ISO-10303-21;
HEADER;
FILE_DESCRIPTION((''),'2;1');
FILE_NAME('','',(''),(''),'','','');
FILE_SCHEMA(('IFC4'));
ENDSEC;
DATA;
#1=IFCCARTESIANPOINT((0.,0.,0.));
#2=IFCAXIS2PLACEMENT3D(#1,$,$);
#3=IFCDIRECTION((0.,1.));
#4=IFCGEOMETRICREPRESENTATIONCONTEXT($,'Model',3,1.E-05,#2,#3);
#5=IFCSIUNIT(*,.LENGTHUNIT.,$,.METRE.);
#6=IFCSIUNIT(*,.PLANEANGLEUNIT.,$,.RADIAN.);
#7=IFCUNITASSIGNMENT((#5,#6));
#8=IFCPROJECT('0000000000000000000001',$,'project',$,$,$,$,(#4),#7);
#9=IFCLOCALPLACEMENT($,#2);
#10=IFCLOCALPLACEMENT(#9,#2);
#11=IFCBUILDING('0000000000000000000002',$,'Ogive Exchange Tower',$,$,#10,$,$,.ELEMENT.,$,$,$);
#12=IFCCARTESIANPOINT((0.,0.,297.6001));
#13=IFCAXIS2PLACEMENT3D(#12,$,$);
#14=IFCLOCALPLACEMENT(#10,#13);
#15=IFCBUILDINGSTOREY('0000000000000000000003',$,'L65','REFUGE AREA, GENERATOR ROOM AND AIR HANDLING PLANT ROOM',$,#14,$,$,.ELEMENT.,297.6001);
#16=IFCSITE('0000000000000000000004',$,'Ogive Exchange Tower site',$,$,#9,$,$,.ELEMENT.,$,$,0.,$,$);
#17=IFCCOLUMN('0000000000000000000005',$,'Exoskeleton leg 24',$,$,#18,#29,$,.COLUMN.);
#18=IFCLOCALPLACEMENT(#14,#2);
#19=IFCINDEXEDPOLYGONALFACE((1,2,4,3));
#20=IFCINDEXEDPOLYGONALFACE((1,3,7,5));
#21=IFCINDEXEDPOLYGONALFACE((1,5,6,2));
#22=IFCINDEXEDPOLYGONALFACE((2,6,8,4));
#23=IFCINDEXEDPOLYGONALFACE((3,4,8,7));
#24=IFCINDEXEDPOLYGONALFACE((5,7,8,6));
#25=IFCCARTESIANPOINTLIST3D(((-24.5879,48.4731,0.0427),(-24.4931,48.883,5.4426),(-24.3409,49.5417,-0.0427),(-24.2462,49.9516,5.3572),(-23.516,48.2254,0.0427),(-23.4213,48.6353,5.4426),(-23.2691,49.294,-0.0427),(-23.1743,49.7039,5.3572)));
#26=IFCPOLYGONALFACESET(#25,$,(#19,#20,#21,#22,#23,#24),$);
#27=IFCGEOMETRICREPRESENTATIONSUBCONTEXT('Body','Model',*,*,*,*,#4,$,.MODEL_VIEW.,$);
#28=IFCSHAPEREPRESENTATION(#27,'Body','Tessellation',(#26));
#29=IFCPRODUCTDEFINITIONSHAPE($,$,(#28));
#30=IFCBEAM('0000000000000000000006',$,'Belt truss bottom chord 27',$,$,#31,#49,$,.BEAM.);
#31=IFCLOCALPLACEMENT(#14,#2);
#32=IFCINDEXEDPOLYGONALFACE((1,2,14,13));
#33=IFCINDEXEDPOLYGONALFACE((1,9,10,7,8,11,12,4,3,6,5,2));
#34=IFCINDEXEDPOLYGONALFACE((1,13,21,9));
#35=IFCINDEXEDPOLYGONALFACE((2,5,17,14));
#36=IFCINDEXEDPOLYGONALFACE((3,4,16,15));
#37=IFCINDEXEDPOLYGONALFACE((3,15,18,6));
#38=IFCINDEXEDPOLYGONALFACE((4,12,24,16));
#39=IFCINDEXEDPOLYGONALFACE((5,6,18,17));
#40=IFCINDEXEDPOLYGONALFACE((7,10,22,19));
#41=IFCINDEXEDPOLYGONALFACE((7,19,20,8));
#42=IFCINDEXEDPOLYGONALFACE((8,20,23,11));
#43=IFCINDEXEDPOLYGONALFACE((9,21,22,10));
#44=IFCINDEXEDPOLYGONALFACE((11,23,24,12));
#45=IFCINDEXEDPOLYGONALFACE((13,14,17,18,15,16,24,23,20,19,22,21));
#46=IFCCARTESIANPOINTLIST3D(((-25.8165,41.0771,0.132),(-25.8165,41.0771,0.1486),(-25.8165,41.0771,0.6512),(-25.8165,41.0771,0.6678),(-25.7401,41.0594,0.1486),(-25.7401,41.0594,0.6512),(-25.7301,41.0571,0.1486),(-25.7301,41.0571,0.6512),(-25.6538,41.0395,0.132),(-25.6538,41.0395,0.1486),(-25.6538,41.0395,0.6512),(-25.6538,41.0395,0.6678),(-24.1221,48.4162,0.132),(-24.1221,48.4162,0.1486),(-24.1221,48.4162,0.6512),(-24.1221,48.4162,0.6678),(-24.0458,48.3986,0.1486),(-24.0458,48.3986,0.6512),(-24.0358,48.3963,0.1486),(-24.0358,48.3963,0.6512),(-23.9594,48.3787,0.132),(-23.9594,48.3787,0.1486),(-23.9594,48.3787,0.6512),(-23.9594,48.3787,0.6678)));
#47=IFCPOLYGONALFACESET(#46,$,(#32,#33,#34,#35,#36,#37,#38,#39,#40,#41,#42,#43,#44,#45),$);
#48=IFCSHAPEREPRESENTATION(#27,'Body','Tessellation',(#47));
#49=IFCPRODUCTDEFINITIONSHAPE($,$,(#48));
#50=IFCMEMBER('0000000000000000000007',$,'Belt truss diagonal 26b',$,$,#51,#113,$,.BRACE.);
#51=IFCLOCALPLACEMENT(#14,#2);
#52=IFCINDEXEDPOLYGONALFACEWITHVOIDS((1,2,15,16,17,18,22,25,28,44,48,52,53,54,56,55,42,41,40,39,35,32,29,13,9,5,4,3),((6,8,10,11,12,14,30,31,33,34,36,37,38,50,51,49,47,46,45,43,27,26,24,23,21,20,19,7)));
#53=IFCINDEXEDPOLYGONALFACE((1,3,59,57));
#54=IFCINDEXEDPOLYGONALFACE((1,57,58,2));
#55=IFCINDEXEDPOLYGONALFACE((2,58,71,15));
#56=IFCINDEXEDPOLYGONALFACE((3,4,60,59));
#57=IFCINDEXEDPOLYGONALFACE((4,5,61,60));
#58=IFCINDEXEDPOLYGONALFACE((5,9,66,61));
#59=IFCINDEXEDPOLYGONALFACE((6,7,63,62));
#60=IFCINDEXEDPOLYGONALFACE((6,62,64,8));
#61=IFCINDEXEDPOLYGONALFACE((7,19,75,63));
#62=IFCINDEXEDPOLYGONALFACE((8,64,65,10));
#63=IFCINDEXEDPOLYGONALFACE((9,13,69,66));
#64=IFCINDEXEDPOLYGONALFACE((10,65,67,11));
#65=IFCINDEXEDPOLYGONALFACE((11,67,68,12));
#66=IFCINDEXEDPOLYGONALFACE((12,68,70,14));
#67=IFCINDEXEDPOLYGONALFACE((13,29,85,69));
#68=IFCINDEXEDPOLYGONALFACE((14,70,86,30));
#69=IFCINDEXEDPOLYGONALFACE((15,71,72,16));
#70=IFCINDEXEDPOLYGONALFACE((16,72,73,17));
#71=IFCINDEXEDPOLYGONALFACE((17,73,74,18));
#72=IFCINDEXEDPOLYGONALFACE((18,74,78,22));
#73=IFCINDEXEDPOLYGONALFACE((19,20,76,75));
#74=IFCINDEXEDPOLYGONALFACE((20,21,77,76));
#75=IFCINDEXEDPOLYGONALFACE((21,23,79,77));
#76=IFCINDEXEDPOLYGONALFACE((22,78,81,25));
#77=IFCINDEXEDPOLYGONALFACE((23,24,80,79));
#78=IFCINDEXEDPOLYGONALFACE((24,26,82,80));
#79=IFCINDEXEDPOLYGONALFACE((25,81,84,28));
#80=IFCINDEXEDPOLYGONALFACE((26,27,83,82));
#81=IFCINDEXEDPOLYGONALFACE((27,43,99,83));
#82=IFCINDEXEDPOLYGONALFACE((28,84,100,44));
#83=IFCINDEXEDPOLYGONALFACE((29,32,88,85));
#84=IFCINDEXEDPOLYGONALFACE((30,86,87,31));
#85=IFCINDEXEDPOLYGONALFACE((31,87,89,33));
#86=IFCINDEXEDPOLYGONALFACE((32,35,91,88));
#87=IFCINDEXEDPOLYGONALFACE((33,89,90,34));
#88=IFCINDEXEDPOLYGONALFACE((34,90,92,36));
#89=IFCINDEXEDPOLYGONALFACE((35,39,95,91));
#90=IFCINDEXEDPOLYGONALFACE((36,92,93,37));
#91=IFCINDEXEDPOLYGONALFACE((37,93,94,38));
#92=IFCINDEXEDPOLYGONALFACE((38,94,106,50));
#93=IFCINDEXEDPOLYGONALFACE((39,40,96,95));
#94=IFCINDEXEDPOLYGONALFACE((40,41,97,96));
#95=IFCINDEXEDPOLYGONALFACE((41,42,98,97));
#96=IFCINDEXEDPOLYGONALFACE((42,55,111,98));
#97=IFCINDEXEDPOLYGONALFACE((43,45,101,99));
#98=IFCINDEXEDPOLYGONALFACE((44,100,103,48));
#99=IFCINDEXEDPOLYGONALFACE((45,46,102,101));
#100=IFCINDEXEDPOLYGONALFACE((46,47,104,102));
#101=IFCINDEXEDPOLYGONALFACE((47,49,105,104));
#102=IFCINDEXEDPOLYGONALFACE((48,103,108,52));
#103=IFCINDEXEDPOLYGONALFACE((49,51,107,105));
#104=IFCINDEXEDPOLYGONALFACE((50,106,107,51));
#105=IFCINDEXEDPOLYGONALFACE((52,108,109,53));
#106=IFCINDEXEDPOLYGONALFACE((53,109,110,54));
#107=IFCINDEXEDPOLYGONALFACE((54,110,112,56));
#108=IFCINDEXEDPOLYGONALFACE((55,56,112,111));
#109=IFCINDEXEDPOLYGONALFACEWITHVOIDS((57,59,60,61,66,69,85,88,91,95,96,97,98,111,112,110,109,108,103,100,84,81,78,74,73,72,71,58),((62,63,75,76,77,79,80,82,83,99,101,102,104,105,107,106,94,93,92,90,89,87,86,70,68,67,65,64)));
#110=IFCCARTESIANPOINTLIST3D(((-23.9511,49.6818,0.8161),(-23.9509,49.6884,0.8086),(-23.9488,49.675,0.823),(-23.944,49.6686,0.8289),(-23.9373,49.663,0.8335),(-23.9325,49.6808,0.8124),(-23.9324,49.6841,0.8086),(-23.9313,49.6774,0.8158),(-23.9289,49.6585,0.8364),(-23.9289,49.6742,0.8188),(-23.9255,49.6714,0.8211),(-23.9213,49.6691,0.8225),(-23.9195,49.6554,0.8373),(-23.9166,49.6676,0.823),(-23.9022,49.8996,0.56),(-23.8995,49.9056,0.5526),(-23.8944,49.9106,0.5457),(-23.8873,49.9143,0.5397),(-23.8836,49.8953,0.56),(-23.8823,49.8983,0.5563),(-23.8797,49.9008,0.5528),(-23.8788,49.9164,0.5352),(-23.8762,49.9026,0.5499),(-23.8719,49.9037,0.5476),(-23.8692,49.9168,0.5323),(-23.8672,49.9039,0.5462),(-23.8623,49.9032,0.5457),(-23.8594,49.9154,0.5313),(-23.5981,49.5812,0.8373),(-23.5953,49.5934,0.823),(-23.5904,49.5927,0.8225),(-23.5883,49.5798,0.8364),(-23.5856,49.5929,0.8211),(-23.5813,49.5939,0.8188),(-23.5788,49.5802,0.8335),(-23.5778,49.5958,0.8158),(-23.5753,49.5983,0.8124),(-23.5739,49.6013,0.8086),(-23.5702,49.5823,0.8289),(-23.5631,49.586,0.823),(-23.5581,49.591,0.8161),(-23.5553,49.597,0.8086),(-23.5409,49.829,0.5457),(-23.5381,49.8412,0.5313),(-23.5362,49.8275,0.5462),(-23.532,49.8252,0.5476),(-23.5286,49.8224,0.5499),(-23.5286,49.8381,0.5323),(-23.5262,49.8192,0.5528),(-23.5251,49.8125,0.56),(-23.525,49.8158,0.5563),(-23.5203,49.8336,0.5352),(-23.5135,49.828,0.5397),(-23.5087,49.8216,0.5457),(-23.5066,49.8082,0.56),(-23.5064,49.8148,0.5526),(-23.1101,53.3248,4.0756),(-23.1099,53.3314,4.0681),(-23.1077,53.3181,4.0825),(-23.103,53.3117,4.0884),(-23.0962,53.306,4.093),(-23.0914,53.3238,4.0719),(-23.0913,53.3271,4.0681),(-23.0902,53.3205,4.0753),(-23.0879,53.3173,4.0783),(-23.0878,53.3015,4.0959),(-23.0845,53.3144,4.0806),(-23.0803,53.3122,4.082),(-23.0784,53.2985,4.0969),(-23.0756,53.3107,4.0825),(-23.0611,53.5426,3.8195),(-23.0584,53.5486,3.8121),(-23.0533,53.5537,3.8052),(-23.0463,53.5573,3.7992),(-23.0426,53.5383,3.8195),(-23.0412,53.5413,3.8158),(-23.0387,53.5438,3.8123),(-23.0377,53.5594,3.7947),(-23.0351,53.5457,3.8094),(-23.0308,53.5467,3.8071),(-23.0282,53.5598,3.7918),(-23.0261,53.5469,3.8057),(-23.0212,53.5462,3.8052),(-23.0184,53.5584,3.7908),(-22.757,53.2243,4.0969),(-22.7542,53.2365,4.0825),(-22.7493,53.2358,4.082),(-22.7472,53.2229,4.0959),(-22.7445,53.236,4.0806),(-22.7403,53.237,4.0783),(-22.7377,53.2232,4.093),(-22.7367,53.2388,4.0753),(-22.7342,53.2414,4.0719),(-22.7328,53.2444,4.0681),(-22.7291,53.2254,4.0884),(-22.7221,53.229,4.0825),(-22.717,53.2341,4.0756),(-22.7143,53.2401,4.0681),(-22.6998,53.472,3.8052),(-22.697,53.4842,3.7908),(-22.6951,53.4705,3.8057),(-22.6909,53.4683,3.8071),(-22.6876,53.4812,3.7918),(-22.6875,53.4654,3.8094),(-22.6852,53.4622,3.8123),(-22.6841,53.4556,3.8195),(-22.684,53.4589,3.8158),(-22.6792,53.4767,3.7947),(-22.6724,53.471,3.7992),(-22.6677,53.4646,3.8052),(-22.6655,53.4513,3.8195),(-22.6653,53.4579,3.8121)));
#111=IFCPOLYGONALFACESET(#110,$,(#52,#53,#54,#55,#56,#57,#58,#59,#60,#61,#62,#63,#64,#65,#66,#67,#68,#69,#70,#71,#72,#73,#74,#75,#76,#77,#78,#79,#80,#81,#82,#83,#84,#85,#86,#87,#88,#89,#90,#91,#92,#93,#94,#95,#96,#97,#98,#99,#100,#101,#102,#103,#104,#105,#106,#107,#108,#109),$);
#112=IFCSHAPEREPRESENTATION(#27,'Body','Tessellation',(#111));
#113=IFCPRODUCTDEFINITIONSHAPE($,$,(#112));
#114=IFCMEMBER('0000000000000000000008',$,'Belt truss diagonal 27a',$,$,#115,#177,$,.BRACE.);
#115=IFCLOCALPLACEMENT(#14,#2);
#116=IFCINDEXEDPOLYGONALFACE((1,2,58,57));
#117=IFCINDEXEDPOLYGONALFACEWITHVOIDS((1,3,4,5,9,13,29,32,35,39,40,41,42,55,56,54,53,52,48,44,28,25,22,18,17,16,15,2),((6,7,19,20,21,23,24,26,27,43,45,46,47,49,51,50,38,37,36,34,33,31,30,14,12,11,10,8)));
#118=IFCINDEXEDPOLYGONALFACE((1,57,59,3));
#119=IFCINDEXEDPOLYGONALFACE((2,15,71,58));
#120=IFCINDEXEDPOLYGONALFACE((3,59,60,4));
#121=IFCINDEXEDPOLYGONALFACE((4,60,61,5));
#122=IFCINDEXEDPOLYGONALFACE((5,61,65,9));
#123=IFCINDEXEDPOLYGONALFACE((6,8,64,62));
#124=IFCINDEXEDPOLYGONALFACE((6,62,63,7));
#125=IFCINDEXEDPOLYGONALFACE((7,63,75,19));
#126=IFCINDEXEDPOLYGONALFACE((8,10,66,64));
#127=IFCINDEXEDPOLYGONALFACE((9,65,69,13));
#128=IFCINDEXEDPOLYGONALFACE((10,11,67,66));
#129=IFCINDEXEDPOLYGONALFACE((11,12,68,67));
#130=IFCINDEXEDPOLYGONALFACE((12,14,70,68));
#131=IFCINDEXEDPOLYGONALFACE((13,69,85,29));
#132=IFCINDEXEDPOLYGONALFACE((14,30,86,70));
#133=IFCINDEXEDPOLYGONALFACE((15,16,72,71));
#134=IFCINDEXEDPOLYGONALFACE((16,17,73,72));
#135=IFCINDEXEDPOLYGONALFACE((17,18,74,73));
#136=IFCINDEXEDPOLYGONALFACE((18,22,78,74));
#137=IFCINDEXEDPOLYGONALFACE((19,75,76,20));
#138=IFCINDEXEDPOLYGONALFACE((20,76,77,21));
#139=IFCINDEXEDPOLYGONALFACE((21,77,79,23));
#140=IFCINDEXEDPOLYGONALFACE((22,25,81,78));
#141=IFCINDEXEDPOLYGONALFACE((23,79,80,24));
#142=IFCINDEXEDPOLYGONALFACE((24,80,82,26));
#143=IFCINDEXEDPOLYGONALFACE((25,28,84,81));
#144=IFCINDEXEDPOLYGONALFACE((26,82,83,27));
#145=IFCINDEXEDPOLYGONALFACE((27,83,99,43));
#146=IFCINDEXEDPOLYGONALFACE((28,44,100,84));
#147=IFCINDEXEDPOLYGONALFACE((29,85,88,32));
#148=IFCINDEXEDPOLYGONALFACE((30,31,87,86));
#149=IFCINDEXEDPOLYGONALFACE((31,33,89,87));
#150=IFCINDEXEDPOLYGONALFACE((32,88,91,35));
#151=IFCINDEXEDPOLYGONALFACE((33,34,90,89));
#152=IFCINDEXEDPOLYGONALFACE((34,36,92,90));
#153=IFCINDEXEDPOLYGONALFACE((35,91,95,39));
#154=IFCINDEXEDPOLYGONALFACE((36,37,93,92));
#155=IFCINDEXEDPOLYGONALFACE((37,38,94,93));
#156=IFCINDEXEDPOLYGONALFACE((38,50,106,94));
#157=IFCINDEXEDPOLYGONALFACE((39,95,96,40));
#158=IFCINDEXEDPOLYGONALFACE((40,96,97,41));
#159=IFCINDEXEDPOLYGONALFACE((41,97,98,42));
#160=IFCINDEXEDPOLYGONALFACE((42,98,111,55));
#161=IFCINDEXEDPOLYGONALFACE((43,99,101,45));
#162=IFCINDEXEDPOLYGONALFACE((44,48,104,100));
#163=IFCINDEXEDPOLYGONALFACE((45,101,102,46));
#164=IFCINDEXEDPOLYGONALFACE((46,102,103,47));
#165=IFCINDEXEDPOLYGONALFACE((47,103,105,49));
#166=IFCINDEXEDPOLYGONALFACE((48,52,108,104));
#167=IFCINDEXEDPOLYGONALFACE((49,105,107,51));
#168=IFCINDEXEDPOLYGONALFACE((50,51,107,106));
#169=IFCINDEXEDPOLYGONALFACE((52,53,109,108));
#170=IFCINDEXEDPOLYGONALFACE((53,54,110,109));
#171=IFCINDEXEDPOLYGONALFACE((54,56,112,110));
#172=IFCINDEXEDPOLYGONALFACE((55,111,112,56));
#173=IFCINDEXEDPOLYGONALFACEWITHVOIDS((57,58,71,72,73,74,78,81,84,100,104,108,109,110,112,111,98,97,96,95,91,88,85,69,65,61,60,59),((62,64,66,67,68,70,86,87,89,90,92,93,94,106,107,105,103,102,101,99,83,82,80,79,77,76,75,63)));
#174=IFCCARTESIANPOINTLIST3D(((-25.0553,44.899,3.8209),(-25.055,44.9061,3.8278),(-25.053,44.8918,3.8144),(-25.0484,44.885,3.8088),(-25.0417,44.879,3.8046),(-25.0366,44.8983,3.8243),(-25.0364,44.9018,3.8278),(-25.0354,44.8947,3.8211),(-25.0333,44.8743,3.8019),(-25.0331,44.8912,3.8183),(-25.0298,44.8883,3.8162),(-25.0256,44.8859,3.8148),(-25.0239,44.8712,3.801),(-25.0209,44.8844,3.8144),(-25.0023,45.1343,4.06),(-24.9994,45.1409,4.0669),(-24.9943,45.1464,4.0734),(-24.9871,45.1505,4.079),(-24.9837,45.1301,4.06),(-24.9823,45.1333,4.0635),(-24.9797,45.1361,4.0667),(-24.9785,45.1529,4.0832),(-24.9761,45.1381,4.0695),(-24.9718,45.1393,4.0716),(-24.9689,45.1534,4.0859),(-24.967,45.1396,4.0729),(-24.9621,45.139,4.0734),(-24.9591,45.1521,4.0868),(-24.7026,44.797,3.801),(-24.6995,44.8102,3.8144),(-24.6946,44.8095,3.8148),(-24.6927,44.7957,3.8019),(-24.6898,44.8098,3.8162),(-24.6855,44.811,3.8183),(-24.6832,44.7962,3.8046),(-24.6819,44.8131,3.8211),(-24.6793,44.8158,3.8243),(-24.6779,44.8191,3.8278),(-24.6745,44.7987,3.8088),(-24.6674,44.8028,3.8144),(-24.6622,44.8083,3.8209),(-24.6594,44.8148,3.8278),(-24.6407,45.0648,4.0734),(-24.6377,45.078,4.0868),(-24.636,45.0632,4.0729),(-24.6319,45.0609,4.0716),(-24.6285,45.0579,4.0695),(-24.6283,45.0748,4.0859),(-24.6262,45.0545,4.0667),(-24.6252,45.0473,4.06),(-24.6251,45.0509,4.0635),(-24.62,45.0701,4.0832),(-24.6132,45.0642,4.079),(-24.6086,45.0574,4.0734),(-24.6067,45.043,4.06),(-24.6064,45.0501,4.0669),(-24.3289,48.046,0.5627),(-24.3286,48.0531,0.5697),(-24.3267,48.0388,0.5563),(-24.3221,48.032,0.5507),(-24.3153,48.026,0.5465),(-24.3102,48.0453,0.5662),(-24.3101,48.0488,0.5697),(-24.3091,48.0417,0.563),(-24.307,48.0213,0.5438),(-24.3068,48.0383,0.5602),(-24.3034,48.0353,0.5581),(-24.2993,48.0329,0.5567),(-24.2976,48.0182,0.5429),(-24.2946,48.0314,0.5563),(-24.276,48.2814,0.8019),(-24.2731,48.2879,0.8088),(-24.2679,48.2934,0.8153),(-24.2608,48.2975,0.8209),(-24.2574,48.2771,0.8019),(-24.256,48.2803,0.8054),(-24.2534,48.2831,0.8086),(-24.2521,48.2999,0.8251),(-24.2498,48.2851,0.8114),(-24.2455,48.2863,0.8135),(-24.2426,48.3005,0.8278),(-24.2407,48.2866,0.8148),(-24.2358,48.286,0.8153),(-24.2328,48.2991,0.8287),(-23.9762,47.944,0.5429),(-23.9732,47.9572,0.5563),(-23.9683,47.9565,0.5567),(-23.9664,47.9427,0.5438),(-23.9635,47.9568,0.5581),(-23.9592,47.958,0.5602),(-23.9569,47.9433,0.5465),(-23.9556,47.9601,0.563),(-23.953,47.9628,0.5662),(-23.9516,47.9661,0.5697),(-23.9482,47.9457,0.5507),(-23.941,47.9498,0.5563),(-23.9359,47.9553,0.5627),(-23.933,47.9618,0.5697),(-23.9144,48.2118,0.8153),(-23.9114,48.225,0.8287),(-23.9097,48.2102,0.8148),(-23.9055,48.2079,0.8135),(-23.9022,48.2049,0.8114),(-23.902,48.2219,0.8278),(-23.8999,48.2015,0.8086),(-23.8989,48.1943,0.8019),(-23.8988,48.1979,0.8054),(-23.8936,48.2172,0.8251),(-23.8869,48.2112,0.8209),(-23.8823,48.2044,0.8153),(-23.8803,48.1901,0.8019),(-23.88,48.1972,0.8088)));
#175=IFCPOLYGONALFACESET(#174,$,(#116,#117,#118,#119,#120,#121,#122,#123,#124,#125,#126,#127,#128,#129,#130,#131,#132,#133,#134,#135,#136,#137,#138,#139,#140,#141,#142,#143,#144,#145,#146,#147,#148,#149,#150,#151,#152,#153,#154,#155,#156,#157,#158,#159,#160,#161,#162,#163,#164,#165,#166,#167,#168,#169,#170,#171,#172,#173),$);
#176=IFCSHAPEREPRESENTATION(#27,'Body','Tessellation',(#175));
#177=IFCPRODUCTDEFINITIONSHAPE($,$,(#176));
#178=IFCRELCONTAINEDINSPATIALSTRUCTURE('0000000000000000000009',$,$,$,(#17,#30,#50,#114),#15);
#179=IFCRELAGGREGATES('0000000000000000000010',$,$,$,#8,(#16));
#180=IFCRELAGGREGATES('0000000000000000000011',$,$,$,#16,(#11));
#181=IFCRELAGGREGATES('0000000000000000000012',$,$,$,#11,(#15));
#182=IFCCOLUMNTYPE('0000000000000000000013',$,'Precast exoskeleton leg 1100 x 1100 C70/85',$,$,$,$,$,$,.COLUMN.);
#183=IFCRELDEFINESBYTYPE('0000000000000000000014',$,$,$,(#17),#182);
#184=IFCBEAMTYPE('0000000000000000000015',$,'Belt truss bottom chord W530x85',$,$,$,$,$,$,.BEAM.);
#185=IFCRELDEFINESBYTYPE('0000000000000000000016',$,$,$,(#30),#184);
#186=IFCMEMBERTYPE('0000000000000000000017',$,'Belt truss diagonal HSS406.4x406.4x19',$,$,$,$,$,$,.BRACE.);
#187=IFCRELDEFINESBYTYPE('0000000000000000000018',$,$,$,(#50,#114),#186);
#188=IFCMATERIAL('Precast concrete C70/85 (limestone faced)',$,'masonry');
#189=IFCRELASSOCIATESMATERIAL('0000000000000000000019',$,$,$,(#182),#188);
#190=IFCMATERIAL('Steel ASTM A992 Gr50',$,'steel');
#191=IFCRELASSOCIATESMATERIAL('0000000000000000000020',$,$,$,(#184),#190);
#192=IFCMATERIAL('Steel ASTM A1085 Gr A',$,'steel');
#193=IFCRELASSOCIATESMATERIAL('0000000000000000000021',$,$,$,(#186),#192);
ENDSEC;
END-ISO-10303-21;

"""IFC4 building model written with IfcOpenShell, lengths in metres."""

from ifc_helpers import new_model, si_unit, direction, frame, origin, origin_2d, place, context, subcontext, project, spatial, rectangle, hollow_rectangle, i_section, extrude, material, material_profile, profile_set, type_object, element, save


model = new_model("IFC4")

# Units and contexts
model_context = context("Model", 3, precision=1e-05, world=origin(), true_north=direction((0.0, 1.0)))
body_context = subcontext(model_context, "Body", "Model", "MODEL_VIEW")
ifc_project = project(units=[si_unit("LENGTHUNIT", "METRE"), si_unit("PLANEANGLEUNIT", "RADIAN")], contexts=[model_context])

# Site, building, storey
site_placement = place(None, origin())
site = spatial("IfcSite", under=ifc_project, at=site_placement, Name="Ogive Exchange Tower site", CompositionType="ELEMENT", RefElevation=0.0)
building_placement = place(site_placement, origin())
building = spatial("IfcBuilding", under=site, at=building_placement, Name="Ogive Exchange Tower", CompositionType="ELEMENT")
storey_placement = place(building_placement, frame((0.0, 0.0, 297.6001)))
storey = spatial("IfcBuildingStorey", under=building, at=storey_placement, Name="L65", Description="REFUGE AREA, GENERATOR ROOM AND AIR HANDLING PLANT ROOM", CompositionType="ELEMENT", Elevation=297.6001)

# Column
ifc_material_1 = material(Name="Precast concrete C70/85 (limestone faced)", Category="masonry")
ifc_material_profile_1 = material_profile(ifc_material_1, rectangle(XDim=1.1001, YDim=1.1001, at=origin_2d()), Name="1100 x 1100")
ifc_profile_set_1 = profile_set([ifc_material_profile_1], Name="Precast concrete C70/85 (limestone faced)")
column_type = type_object("IfcColumnType", Name="Precast exoskeleton leg 1100 x 1100 C70/85", PredefinedType="COLUMN", material=ifc_profile_set_1)
column_placement = place(storey_placement, frame((-23.9285, 48.8835, 0.0), z_axis=(0.017489, 0.075682, 0.996979), x_axis=(-0.974323, 0.225156, 0.0)))
element("IfcColumn", 1, at=column_placement, inside=storey, type_object=column_type, Name="Exoskeleton leg 24", PredefinedType="COLUMN", context=body_context, shape_type="SweptSolid", body=[
    extrude(rectangle(XDim=1.1001, YDim=1.1001, at=origin_2d()), origin(), (0.0, 0.0, 1.0), 5.4163),
])

# Beam
ifc_material_2 = material(Name="Steel ASTM A992 Gr50", Category="steel")
ifc_material_profile_2 = material_profile(ifc_material_2, i_section(OverallWidth=0.167, OverallDepth=0.5359, WebThickness=0.0103, FlangeThickness=0.0166, at=origin_2d()), Name="W530x85")
ifc_profile_set_2 = profile_set([ifc_material_profile_2], Name="Steel ASTM A992 Gr50")
beam_type_1 = type_object("IfcBeamType", Name="Belt truss bottom chord W530x85", PredefinedType="BEAM", material=ifc_profile_set_2)
beam_1_placement = place(storey_placement, frame((-24.0408, 48.3975, 0.3999), z_axis=(-0.224947, -0.974371, 0.0), x_axis=(0.974371, -0.224947, 0.0)))
element("IfcBeam", 2, at=beam_1_placement, inside=storey, type_object=beam_type_1, Name="Belt truss bottom chord 27", PredefinedType="BEAM", context=body_context, shape_type="SweptSolid", body=[
    extrude(i_section(OverallWidth=0.167, OverallDepth=0.5359, WebThickness=0.0103, FlangeThickness=0.0166, at=origin_2d()), origin(), (0.0, 0.0, 1.0), 7.5322),
])

# Members
ifc_material_3 = material(Name="Steel ASTM A1085 Gr A", Category="steel")
ifc_material_profile_3 = material_profile(ifc_material_3, hollow_rectangle(XDim=0.406, YDim=0.406, WallThickness=0.019, InnerFilletRadius=0.019, OuterFilletRadius=0.0381, at=origin_2d()), Name="HSS406.4x406.4x19")
ifc_profile_set_3 = profile_set([ifc_material_profile_3], Name="Steel ASTM A1085 Gr A")
member_type_1 = type_object("IfcMemberType", Name="Belt truss diagonal HSS406.4x406.4x19", PredefinedType="BRACE", material=ifc_profile_set_3)
member_1_placement = place(storey_placement, frame((-23.7288, 49.7483, 0.6843), z_axis=(0.169562, 0.734456, 0.657132), x_axis=(-0.97437, 0.22495, 0.0)))
element("IfcMember", 3, at=member_1_placement, inside=storey, type_object=member_type_1, Name="Belt truss diagonal 26b", PredefinedType="BRACE", context=body_context, shape_type="SweptSolid", body=[
    extrude(hollow_rectangle(XDim=0.406, YDim=0.406, WallThickness=0.019, InnerFilletRadius=0.019, OuterFilletRadius=0.0381, at=origin_2d()), origin(), (0.0, 0.0, 1.0), 4.9602),
])
member_2_placement = place(storey_placement, frame((-24.1045, 48.1216, 0.6858), z_axis=(-0.158323, -0.685976, 0.71019), x_axis=(0.974385, -0.224887, 0.0)))
element("IfcMember", 4, at=member_2_placement, inside=storey, type_object=member_type_1, Name="Belt truss diagonal 27a", PredefinedType="BRACE", context=body_context, shape_type="SweptSolid", body=[
    extrude(hollow_rectangle(XDim=0.406, YDim=0.406, WallThickness=0.019, InnerFilletRadius=0.019, OuterFilletRadius=0.0381, at=origin_2d()), origin(), (0.0, 0.0, 1.0), 4.5876),
])

save(model, "model.ifc")
